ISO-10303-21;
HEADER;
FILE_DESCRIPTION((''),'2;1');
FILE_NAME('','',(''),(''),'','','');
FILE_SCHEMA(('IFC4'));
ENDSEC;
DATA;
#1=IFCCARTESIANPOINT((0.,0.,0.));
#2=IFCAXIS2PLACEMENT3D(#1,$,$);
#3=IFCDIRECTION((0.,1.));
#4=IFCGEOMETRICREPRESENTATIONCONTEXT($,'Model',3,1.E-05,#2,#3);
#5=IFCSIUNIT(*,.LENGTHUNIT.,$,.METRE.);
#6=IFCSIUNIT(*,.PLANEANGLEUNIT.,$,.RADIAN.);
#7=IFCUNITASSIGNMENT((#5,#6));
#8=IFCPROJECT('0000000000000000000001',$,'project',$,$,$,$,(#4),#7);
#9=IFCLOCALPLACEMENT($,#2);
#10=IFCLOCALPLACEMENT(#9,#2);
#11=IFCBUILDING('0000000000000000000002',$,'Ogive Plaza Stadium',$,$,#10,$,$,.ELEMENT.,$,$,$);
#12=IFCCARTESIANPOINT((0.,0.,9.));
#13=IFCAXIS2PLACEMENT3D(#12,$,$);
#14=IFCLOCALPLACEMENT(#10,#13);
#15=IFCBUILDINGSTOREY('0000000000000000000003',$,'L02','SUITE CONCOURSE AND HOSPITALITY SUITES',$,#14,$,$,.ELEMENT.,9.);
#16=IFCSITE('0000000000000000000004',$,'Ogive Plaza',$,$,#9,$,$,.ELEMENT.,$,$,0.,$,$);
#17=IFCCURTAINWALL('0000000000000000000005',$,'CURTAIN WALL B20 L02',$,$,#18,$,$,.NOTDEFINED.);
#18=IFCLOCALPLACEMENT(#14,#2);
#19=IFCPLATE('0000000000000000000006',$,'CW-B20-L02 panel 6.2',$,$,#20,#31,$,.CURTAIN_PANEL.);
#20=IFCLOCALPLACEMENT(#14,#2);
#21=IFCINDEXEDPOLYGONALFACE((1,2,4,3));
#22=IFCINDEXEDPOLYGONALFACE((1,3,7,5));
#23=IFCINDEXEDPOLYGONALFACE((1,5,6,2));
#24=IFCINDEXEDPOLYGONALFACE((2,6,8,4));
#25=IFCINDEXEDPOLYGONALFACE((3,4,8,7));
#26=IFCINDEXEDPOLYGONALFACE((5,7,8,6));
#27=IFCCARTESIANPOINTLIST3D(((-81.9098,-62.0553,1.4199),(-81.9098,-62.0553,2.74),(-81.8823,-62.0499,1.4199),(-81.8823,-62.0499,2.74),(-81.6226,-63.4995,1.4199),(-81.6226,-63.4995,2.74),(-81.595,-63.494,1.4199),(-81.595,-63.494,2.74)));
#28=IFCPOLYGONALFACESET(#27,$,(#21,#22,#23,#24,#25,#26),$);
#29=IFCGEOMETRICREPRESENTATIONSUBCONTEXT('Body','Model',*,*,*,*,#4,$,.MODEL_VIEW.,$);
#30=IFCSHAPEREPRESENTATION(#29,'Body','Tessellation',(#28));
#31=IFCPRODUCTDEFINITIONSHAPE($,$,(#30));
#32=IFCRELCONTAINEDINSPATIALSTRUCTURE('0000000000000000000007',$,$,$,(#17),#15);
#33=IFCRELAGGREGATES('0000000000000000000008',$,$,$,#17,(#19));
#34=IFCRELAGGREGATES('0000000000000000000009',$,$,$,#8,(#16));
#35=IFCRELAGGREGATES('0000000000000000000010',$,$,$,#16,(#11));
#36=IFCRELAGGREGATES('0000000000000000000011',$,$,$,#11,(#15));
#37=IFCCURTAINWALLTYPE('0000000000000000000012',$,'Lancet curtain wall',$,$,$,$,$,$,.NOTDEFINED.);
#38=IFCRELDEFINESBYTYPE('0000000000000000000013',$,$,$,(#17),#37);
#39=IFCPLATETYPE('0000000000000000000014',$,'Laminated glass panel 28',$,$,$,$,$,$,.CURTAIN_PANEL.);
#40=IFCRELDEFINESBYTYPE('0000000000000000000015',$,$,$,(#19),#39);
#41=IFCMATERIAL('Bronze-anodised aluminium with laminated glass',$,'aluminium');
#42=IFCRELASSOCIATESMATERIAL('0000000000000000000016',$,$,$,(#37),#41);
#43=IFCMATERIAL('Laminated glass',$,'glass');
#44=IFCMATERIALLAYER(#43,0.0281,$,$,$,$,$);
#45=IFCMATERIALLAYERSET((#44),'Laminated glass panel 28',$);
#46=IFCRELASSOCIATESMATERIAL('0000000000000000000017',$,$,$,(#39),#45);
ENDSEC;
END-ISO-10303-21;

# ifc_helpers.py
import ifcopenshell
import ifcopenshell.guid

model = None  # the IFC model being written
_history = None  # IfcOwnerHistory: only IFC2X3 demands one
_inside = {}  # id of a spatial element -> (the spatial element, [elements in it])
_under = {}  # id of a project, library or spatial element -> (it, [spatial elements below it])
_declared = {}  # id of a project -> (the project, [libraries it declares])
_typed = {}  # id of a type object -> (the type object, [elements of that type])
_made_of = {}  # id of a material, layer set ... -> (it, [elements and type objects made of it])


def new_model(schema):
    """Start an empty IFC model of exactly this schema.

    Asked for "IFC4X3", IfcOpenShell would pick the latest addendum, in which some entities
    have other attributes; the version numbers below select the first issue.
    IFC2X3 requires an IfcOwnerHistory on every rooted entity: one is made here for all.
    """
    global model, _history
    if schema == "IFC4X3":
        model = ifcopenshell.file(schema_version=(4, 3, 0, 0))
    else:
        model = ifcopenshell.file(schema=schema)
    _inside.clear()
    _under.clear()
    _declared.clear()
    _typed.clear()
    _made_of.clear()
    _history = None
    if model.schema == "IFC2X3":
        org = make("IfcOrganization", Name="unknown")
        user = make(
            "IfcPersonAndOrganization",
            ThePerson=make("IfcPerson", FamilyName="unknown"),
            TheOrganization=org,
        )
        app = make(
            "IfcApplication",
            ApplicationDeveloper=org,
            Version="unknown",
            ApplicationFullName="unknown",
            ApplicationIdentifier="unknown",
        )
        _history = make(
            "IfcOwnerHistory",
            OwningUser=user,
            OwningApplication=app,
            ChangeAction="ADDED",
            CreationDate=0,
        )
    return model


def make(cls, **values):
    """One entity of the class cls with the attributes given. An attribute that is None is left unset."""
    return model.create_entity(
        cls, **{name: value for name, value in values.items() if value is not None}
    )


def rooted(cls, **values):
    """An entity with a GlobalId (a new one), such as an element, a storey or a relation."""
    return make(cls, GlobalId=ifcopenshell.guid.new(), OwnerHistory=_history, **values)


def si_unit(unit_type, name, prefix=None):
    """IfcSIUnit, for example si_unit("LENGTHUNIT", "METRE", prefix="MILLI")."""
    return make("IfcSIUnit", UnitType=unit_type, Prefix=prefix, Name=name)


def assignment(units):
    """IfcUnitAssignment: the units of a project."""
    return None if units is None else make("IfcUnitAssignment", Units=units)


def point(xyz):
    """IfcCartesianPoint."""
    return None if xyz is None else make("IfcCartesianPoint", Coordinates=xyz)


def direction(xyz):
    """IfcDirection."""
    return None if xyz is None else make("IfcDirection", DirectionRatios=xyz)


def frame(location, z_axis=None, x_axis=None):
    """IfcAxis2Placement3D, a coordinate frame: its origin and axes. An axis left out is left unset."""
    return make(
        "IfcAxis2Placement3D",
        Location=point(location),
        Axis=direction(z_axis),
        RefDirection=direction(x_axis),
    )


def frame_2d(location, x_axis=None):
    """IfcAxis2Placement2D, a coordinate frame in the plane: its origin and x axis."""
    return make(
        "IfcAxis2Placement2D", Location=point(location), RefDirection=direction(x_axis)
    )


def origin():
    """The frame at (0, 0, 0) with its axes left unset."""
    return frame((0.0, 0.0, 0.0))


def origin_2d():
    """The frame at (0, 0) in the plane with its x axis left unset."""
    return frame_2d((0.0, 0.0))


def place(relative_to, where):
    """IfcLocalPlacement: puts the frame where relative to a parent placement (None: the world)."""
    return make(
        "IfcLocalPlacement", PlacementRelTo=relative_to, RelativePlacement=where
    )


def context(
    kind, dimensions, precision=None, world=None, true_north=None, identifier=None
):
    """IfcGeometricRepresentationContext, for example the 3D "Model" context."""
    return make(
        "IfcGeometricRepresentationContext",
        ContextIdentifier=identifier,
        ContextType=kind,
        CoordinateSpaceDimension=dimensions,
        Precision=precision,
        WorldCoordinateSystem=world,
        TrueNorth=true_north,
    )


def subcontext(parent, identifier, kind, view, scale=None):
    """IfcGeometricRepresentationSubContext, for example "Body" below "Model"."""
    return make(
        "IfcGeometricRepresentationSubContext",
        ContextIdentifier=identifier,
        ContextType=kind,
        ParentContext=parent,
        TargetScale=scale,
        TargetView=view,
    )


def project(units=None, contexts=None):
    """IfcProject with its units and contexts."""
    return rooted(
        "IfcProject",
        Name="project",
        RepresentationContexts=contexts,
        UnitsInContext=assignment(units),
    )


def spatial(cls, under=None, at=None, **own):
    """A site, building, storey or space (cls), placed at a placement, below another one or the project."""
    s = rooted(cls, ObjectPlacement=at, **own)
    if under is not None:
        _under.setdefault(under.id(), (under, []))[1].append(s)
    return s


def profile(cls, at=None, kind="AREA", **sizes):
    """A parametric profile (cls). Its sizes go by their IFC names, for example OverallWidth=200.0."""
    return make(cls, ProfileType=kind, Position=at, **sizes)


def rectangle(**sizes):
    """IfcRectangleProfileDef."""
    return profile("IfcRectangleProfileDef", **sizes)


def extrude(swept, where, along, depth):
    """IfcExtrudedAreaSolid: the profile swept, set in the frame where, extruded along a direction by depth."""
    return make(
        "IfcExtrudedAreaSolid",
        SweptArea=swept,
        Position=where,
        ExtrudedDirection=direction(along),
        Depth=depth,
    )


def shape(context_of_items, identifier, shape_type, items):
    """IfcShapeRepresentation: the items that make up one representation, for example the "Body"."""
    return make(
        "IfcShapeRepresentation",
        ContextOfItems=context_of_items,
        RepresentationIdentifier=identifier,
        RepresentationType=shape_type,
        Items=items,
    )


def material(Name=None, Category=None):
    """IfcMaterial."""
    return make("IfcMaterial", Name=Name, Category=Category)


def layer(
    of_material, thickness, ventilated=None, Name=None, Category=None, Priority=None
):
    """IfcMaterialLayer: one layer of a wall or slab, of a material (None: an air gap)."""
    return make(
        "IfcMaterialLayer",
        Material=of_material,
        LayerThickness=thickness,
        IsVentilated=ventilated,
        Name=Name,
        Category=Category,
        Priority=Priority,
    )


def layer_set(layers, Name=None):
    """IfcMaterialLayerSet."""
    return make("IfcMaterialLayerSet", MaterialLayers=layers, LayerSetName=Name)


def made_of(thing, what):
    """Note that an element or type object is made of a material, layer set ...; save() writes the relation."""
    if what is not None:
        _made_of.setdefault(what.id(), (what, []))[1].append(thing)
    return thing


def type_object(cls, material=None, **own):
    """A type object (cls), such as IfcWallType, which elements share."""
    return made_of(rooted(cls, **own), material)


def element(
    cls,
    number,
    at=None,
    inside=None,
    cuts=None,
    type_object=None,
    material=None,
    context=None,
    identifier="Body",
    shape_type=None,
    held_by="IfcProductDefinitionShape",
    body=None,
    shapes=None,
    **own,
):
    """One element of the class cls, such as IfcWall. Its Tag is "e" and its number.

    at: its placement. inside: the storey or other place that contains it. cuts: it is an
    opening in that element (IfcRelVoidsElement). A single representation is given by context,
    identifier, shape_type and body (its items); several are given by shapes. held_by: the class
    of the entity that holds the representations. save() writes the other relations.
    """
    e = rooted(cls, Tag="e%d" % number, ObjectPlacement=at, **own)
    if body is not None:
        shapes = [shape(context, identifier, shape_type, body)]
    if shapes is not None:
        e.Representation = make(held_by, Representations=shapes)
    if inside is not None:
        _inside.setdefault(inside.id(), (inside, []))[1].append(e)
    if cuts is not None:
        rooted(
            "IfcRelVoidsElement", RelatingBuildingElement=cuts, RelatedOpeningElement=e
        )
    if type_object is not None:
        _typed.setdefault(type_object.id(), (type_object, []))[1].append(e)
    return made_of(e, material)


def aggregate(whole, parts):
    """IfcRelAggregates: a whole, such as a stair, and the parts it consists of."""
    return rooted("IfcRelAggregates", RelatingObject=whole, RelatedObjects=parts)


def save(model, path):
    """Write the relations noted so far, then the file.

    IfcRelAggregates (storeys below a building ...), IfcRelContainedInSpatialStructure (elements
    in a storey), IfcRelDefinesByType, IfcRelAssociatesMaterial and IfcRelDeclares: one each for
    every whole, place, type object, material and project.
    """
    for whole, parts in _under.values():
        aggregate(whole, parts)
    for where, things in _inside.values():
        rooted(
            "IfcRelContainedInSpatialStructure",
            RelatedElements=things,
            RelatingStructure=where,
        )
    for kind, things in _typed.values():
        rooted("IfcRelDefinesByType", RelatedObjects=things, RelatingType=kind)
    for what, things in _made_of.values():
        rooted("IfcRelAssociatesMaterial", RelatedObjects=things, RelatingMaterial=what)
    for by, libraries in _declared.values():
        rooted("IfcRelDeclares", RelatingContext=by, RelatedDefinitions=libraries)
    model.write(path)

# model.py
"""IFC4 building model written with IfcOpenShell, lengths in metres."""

from ifc_helpers import new_model, si_unit, direction, frame, origin, origin_2d, place, context, subcontext, project, spatial, rectangle, extrude, material, layer, layer_set, type_object, element, aggregate, save


model = new_model("IFC4")

# Units and contexts
model_context = context("Model", 3, precision=1e-05, world=origin(), true_north=direction((0.0, 1.0)))
body_context = subcontext(model_context, "Body", "Model", "MODEL_VIEW")
ifc_project = project(units=[si_unit("LENGTHUNIT", "METRE"), si_unit("PLANEANGLEUNIT", "RADIAN")], contexts=[model_context])

# Site, building, storey
site_placement = place(None, origin())
site = spatial("IfcSite", under=ifc_project, at=site_placement, Name="Ogive Plaza", CompositionType="ELEMENT", RefElevation=0.0)
building_placement = place(site_placement, origin())
building = spatial("IfcBuilding", under=site, at=building_placement, Name="Ogive Plaza Stadium", CompositionType="ELEMENT")
storey_placement = place(building_placement, frame((0.0, 0.0, 9.0)))
storey = spatial("IfcBuildingStorey", under=building, at=storey_placement, Name="L02", Description="SUITE CONCOURSE AND HOSPITALITY SUITES", CompositionType="ELEMENT", Elevation=9.0)

# Curtain wall, plate
ifc_material_1 = material(Name="Bronze-anodised aluminium with laminated glass", Category="aluminium")
curtain_wall_type = type_object("IfcCurtainWallType", Name="Lancet curtain wall", PredefinedType="NOTDEFINED", material=ifc_material_1)
curtain_wall_placement = place(storey_placement, origin())
curtain_wall = element("IfcCurtainWall", 1, at=curtain_wall_placement, inside=storey, type_object=curtain_wall_type, Name="CURTAIN WALL B20 L02", PredefinedType="NOTDEFINED")
ifc_material_2 = material(Name="Laminated glass", Category="glass")
ifc_layer = layer(ifc_material_2, 0.0281)
ifc_layer_set = layer_set([ifc_layer], Name="Laminated glass panel 28")
plate_type = type_object("IfcPlateType", Name="Laminated glass panel 28", PredefinedType="CURTAIN_PANEL", material=ifc_layer_set)
plate_1_placement = place(storey_placement, frame((-81.7524, -62.7747, 1.4199), z_axis=(0.0, 0.0, 1.0), x_axis=(-0.19509, 0.980785, 0.0)))
plate_1 = element("IfcPlate", 2, at=plate_1_placement, type_object=plate_type, Name="CW-B20-L02 panel 6.2", PredefinedType="CURTAIN_PANEL", context=body_context, shape_type="SweptSolid", body=[
    extrude(rectangle(XDim=1.4724, YDim=0.0281, at=origin_2d()), origin(), (0.0, 0.0, 1.0), 1.3201),
])
aggregate(curtain_wall, [plate_1])

save(model, "model.ifc")
